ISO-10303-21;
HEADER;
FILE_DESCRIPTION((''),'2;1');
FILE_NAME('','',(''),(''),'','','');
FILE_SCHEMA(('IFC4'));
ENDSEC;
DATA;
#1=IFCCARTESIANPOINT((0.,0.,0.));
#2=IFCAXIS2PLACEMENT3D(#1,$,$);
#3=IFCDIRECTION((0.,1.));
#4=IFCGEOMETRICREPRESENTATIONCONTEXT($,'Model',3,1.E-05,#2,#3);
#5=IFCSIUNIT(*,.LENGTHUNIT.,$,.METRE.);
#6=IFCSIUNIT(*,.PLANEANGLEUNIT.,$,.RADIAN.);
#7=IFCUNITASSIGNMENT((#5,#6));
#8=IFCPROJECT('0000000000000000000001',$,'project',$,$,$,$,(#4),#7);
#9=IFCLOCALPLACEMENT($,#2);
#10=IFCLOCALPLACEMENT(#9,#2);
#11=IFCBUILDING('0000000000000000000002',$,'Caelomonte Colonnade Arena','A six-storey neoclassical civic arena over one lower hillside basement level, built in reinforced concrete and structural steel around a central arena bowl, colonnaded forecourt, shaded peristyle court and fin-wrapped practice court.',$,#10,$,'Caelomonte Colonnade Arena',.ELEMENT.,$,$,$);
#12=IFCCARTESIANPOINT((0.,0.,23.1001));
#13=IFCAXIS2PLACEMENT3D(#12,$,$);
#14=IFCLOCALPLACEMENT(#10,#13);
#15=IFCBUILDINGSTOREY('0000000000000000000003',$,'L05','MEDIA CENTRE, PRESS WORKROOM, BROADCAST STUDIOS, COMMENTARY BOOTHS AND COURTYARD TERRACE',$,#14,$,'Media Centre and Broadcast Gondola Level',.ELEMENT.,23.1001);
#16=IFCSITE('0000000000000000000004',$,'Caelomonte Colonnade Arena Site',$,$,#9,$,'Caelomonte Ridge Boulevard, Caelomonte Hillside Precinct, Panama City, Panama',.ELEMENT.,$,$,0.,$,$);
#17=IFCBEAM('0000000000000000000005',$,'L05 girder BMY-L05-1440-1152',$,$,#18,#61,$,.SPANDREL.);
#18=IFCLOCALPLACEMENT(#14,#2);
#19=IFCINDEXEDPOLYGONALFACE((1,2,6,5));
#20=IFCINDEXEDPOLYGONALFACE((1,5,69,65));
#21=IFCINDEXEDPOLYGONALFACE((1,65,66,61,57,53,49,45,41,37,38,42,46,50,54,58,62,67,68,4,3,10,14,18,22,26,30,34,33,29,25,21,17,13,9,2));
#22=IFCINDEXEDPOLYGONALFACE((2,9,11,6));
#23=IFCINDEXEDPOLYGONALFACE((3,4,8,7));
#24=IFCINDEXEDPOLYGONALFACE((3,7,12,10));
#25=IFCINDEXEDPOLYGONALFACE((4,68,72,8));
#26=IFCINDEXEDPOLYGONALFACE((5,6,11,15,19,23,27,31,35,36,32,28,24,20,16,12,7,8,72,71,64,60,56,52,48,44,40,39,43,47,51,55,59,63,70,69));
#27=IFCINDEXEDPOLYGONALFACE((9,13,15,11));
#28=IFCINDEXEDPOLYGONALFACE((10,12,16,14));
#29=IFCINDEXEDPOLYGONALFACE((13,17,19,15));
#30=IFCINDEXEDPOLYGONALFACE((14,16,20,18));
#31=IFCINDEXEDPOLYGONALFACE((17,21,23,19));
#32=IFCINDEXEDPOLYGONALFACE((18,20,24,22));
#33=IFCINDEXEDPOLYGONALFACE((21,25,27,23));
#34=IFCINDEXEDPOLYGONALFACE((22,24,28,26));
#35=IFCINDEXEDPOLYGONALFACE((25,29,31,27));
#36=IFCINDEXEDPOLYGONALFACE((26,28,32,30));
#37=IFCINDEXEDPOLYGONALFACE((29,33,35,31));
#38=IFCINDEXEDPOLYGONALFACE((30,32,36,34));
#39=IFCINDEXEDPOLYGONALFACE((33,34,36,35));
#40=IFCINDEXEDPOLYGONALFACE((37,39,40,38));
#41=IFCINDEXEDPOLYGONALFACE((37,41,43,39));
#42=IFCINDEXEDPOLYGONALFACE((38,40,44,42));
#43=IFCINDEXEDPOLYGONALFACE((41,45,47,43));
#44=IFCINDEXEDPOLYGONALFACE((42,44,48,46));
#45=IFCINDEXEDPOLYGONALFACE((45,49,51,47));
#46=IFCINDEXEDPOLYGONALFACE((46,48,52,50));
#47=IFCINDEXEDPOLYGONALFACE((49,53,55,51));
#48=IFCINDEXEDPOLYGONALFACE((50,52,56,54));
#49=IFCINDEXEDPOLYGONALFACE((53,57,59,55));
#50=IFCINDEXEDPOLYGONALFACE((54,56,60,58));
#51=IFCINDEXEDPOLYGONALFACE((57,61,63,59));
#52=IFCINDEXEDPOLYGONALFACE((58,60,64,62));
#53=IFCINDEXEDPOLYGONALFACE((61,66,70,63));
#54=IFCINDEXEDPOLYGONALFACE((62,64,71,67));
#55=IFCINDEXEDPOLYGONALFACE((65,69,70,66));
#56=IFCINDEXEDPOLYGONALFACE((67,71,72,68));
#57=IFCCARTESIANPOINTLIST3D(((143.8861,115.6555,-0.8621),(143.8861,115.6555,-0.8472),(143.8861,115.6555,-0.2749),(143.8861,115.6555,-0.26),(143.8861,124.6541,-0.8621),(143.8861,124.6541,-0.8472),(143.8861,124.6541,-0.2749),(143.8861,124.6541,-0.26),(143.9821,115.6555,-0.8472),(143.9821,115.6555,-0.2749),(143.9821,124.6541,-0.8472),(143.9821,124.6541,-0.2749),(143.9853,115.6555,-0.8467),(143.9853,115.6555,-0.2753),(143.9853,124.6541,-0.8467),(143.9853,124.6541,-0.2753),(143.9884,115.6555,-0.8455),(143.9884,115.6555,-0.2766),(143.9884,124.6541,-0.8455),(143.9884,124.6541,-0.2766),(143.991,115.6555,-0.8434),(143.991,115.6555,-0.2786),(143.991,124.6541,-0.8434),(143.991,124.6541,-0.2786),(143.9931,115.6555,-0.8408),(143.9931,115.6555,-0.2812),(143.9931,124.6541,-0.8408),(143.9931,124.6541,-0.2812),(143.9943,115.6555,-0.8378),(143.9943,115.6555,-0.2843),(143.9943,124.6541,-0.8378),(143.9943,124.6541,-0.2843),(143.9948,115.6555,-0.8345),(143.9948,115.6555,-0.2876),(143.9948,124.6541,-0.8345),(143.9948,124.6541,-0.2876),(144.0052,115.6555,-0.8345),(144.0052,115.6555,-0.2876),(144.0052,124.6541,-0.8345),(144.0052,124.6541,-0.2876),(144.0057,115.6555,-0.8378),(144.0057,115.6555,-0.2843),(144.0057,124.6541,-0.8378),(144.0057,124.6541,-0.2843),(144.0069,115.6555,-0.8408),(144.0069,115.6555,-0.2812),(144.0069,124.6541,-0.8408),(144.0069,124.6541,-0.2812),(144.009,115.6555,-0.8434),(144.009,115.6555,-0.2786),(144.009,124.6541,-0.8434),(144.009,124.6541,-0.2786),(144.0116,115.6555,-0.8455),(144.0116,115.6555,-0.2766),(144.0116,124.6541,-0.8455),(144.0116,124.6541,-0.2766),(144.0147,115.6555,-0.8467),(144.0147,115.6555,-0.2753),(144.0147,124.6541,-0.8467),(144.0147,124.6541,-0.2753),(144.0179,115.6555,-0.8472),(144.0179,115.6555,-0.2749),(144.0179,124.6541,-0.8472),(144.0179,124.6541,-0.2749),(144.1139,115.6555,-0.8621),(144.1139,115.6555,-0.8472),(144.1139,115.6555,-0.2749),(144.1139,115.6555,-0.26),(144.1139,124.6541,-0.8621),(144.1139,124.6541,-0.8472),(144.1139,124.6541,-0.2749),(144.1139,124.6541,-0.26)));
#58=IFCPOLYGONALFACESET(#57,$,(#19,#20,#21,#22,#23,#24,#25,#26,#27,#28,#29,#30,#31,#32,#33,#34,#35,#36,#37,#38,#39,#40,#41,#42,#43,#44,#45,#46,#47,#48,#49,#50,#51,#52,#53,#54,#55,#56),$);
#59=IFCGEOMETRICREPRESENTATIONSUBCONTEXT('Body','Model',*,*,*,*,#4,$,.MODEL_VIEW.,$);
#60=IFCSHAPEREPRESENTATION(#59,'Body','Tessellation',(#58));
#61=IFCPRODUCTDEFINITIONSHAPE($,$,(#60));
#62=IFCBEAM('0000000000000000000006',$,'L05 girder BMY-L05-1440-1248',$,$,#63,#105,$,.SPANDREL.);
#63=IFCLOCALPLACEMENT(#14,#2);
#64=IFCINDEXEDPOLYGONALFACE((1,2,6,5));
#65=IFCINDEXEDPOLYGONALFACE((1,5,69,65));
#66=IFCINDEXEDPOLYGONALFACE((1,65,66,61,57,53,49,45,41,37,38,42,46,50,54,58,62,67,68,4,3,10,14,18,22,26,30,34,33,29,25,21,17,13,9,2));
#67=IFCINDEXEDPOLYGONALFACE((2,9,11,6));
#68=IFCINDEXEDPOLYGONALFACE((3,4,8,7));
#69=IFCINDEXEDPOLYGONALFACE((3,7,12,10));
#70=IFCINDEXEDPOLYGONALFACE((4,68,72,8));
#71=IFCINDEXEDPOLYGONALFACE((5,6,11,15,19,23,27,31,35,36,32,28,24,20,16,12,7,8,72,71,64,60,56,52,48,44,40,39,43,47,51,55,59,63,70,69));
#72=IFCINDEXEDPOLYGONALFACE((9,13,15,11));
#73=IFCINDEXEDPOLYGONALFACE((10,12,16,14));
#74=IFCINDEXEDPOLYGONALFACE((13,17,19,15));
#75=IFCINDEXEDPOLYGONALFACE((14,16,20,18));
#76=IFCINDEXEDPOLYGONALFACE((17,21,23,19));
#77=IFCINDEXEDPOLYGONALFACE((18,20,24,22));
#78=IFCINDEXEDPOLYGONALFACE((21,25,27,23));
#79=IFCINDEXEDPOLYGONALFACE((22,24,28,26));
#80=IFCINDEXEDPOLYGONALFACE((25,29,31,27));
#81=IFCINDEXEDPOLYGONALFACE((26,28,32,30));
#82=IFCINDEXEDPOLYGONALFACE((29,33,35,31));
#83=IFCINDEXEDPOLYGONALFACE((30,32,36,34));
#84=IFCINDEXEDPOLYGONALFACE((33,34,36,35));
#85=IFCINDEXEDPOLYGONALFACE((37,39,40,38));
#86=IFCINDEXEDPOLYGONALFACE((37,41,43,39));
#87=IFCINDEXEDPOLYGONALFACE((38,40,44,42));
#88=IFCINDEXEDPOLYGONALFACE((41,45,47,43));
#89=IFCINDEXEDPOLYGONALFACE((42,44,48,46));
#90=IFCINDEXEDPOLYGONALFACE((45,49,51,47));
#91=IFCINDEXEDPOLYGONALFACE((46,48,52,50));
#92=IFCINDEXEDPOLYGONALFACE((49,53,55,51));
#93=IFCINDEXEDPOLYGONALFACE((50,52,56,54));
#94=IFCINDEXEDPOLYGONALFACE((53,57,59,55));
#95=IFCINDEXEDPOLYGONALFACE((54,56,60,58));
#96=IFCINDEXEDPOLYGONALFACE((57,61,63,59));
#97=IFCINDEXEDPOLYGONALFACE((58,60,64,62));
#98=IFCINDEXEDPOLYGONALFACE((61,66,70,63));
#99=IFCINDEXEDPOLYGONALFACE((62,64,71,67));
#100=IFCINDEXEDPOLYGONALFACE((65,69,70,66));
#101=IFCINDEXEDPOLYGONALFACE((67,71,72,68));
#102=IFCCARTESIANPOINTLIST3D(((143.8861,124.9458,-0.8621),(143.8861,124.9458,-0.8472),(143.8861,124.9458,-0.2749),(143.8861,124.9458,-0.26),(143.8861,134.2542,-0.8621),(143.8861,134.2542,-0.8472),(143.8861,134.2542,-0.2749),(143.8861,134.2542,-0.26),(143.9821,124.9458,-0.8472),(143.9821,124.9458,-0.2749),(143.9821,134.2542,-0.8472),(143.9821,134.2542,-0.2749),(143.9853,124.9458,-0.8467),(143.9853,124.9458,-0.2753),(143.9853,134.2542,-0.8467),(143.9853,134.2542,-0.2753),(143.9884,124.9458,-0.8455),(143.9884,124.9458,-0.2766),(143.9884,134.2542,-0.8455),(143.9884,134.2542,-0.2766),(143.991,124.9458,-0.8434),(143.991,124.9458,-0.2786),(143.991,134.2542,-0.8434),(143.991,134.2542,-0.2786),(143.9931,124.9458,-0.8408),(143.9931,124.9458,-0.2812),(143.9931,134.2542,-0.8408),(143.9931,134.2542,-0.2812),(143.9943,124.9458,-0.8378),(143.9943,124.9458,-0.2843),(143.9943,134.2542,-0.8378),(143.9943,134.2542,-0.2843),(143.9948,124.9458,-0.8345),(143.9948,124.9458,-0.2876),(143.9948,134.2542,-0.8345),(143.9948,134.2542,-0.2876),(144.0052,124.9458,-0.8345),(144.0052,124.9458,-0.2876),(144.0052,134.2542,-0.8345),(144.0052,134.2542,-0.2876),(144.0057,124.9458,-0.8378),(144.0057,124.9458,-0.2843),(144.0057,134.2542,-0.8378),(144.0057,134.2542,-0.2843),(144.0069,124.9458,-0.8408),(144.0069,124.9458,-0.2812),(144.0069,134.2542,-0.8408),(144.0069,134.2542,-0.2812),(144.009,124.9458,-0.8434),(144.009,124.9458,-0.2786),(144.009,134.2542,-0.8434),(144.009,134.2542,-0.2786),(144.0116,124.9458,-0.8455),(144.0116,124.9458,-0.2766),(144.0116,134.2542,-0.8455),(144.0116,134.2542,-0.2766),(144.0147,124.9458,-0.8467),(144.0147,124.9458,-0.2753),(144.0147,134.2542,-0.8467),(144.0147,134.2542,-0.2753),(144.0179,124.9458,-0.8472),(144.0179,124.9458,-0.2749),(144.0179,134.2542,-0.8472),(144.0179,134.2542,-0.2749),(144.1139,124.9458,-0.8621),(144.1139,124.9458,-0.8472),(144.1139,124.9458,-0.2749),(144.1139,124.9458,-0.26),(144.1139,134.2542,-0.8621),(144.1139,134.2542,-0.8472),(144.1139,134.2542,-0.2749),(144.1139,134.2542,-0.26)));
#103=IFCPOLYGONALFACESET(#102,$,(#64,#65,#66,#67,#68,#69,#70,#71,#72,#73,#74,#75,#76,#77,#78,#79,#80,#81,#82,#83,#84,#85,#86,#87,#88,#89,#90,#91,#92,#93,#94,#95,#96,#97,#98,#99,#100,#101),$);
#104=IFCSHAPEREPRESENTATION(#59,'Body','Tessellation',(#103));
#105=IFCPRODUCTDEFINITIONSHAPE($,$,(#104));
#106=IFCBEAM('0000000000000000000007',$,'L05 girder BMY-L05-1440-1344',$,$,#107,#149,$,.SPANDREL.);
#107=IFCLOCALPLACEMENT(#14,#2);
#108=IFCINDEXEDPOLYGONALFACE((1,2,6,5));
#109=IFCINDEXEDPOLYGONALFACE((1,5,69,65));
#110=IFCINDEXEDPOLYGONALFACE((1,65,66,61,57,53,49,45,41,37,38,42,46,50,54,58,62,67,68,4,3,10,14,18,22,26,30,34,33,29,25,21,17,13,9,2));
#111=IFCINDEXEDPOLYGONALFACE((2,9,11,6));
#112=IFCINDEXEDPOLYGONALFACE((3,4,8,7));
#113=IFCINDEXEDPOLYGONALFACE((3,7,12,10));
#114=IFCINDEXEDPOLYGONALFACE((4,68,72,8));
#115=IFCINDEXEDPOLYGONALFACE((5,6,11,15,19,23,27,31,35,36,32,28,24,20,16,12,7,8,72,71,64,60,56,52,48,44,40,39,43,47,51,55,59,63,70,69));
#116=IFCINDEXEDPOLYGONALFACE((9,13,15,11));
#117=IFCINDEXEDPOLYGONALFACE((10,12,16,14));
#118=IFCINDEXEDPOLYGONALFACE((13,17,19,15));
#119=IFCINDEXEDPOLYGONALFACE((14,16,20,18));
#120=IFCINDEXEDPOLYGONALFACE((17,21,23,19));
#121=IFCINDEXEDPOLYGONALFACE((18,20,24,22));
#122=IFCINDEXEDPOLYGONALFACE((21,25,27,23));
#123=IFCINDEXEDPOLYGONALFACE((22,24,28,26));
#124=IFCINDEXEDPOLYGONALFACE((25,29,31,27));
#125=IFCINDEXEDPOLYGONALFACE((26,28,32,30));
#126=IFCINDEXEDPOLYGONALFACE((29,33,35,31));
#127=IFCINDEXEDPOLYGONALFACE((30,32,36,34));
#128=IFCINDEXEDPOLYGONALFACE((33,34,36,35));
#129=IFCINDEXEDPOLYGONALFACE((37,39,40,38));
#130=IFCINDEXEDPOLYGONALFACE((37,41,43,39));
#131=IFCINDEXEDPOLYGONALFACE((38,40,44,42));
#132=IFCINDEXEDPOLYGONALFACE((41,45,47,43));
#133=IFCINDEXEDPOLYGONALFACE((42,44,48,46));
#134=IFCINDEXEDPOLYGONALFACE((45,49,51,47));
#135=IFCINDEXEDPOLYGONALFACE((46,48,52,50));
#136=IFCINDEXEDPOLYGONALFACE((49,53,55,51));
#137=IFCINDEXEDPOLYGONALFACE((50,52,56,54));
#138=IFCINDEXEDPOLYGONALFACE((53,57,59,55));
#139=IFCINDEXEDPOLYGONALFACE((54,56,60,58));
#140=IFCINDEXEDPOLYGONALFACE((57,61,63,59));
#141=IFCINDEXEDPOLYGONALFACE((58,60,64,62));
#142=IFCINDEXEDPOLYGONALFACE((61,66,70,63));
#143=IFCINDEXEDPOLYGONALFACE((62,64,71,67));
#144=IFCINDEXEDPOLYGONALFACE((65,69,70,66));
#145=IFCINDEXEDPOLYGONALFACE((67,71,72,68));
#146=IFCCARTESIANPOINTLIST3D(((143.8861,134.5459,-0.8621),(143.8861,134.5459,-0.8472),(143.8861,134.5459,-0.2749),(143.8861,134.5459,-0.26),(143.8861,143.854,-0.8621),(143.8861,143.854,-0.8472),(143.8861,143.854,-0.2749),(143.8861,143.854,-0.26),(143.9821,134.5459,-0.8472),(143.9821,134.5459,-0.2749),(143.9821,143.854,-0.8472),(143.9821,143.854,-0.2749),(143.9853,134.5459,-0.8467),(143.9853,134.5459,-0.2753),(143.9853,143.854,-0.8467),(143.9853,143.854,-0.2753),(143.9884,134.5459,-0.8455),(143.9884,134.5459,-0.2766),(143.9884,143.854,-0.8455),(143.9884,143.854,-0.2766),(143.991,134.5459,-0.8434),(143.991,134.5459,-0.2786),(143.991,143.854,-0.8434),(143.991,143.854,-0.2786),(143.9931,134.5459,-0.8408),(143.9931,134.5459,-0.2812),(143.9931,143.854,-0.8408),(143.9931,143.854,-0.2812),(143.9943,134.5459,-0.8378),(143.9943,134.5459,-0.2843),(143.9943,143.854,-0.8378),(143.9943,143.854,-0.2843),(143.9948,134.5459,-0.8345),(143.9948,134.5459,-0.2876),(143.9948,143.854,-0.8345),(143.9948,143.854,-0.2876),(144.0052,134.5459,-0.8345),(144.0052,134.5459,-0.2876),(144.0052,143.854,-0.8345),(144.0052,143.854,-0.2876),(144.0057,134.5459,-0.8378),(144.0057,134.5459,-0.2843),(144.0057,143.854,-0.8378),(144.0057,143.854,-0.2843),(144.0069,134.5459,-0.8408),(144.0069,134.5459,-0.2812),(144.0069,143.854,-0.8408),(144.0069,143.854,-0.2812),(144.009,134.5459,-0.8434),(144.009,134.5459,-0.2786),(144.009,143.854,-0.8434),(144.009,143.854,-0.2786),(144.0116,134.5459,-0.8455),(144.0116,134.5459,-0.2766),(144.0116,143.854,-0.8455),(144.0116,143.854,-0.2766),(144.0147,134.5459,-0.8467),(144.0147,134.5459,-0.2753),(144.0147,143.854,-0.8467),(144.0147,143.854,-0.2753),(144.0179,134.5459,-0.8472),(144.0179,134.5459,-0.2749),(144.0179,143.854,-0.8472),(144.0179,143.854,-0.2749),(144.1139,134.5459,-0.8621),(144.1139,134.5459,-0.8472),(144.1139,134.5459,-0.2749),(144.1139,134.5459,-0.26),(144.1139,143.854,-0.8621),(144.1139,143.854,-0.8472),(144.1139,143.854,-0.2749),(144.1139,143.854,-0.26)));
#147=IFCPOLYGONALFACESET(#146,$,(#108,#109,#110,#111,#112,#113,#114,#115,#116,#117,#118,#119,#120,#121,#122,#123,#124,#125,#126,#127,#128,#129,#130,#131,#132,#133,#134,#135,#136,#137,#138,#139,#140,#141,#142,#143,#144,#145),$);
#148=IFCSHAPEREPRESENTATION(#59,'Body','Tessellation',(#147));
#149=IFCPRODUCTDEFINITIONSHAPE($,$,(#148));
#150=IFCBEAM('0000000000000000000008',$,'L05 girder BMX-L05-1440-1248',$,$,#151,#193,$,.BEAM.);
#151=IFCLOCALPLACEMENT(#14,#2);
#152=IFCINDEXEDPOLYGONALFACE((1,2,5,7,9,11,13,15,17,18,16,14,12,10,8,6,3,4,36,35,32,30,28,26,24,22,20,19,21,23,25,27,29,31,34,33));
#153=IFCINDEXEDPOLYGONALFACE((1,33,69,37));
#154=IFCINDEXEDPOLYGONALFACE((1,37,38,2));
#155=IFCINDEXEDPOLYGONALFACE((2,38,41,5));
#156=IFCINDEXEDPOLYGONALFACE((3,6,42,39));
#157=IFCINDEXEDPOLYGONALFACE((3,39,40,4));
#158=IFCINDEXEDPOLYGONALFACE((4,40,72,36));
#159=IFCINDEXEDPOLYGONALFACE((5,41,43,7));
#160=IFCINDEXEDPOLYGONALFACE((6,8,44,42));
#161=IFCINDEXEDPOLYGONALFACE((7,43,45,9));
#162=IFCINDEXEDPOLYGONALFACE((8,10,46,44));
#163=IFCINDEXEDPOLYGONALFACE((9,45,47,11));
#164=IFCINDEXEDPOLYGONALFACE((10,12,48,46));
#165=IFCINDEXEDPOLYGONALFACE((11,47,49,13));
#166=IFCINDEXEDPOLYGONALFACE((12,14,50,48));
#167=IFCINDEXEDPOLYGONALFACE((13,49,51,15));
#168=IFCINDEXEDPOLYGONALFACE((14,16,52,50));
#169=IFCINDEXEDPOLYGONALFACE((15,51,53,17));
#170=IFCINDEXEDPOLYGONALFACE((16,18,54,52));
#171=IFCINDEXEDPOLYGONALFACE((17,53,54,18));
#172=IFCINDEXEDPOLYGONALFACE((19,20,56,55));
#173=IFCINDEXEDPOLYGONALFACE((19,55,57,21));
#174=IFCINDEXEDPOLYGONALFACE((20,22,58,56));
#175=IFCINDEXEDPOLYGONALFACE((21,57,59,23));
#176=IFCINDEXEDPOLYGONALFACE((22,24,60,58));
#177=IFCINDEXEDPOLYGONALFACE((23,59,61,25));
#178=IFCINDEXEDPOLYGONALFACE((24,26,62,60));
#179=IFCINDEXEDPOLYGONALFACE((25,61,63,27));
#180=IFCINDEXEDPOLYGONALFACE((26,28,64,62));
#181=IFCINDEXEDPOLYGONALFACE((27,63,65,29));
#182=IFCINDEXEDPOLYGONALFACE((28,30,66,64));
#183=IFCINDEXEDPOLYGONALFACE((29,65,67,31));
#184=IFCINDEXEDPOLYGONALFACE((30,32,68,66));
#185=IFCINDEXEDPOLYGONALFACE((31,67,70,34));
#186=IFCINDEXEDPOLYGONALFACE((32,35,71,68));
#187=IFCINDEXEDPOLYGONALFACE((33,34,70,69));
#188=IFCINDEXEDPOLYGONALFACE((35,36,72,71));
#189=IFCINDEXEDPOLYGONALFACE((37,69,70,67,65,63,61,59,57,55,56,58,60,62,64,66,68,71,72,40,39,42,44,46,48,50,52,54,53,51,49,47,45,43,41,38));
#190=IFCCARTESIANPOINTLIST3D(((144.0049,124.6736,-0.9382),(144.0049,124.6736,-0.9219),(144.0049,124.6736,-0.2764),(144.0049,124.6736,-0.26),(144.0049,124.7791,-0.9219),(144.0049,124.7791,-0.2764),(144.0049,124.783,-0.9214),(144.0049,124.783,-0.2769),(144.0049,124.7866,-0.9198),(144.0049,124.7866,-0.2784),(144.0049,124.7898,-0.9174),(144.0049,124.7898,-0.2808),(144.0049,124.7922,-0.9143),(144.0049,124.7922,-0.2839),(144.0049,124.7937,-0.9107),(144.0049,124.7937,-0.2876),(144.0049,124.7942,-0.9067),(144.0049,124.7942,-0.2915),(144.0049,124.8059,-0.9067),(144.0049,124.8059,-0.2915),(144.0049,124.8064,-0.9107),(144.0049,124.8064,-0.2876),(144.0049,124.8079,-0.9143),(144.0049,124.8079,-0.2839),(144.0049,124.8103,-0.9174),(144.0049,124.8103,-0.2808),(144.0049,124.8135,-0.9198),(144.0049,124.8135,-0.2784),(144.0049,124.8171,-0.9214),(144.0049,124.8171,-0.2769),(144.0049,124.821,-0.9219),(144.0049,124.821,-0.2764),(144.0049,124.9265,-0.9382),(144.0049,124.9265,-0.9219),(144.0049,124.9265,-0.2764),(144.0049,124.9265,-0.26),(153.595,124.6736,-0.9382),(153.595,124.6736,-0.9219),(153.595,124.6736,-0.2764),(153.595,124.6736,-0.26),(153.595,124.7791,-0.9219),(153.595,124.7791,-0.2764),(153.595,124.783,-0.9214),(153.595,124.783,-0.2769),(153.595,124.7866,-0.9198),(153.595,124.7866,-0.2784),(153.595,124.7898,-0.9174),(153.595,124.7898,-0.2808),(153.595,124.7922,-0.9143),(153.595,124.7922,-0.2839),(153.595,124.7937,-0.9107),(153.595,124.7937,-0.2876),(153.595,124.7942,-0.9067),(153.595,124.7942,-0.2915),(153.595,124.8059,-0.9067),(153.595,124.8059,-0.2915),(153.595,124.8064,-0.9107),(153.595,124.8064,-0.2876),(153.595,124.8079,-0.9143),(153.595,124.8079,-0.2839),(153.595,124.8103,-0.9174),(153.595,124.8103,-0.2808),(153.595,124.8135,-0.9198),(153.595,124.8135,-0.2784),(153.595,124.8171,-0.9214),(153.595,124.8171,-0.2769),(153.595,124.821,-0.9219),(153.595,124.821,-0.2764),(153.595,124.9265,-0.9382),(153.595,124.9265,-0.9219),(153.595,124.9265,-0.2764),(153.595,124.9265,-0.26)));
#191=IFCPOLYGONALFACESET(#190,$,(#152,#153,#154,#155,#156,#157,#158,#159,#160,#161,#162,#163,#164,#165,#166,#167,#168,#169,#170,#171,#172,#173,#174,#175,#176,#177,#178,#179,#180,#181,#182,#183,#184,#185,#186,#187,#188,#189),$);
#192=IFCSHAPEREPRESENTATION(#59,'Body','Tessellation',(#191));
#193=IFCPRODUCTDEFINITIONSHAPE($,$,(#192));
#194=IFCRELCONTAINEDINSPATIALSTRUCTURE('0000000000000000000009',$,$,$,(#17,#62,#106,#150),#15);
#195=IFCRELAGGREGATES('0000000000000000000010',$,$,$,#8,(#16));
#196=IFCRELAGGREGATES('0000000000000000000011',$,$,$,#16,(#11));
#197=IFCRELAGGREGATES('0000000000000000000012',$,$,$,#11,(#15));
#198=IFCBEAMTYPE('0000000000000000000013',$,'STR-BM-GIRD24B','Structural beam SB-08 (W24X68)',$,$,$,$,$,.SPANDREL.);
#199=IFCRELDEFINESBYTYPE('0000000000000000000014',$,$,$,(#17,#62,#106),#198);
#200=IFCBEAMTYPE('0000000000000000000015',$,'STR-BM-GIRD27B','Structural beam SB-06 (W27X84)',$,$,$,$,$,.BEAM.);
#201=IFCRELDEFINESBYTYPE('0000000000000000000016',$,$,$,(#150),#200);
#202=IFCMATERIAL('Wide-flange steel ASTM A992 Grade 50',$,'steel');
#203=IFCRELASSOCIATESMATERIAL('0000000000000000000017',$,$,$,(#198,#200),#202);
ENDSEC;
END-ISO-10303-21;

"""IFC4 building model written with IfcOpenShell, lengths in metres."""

from ifc_helpers import new_model, si_unit, direction, frame, origin, origin_2d, place, context, subcontext, project, spatial, i_section, extrude, material, material_profile, profile_set, type_object, element, save


model = new_model("IFC4")

# Units and contexts
model_context = context("Model", 3, precision=1e-05, world=origin(), true_north=direction((0.0, 1.0)))
body_context = subcontext(model_context, "Body", "Model", "MODEL_VIEW")
ifc_project = project(units=[si_unit("LENGTHUNIT", "METRE"), si_unit("PLANEANGLEUNIT", "RADIAN")], contexts=[model_context])

# Site, building, storey
site_placement = place(None, origin())
site = spatial("IfcSite", under=ifc_project, at=site_placement, Name="Caelomonte Colonnade Arena Site", LongName="Caelomonte Ridge Boulevard, Caelomonte Hillside Precinct, Panama City, Panama", CompositionType="ELEMENT", RefElevation=0.0)
building_placement = place(site_placement, origin())
building = spatial("IfcBuilding", under=site, at=building_placement, Name="Caelomonte Colonnade Arena", Description="A six-storey neoclassical civic arena over one lower hillside basement level, built in reinforced concrete and structural steel around a central arena bowl, colonnaded forecourt, shaded peristyle court and fin-wrapped practice court.", LongName="Caelomonte Colonnade Arena", CompositionType="ELEMENT")
storey_placement = place(building_placement, frame((0.0, 0.0, 23.1001)))
storey = spatial("IfcBuildingStorey", under=building, at=storey_placement, Name="L05", Description="MEDIA CENTRE, PRESS WORKROOM, BROADCAST STUDIOS, COMMENTARY BOOTHS AND COURTYARD TERRACE", LongName="Media Centre and Broadcast Gondola Level", CompositionType="ELEMENT", Elevation=23.1001)

# Shared definitions
ifc_material_1 = material(Name="Wide-flange steel ASTM A992 Grade 50", Category="steel")

# Beams
ifc_material_profile_1 = material_profile(ifc_material_1, i_section(OverallWidth=0.2278, OverallDepth=0.6021, WebThickness=0.0105, FlangeThickness=0.0149, FilletRadius=0.0127, at=origin_2d()), Name="W24X68")
ifc_profile_set_1 = profile_set([ifc_material_profile_1], Name="Wide-flange steel ASTM A992 Grade 50")
beam_type_1 = type_object("IfcBeamType", Name="STR-BM-GIRD24B", Description="Structural beam SB-08 (W24X68)", PredefinedType="SPANDREL", material=ifc_profile_set_1)
beam_1_placement = place(storey_placement, frame((144.0, 115.6555, -0.561), z_axis=(0.0, 1.0, 0.0), x_axis=(-1.0, 0.0, 0.0)))
element("IfcBeam", 1, at=beam_1_placement, inside=storey, type_object=beam_type_1, Name="L05 girder BMY-L05-1440-1152", PredefinedType="SPANDREL", context=body_context, shape_type="SweptSolid", body=[
    extrude(i_section(OverallWidth=0.2278, OverallDepth=0.6021, WebThickness=0.0105, FlangeThickness=0.0149, FilletRadius=0.0127, at=origin_2d()), origin(), (0.0, 0.0, 1.0), 8.9985),
])
beam_2_placement = place(storey_placement, frame((144.0, 124.9458, -0.561), z_axis=(0.0, 1.0, 0.0), x_axis=(-1.0, 0.0, 0.0)))
element("IfcBeam", 2, at=beam_2_placement, inside=storey, type_object=beam_type_1, Name="L05 girder BMY-L05-1440-1248", PredefinedType="SPANDREL", context=body_context, shape_type="SweptSolid", body=[
    extrude(i_section(OverallWidth=0.2278, OverallDepth=0.6021, WebThickness=0.0105, FlangeThickness=0.0149, FilletRadius=0.0127, at=origin_2d()), origin(), (0.0, 0.0, 1.0), 9.3083),
])
beam_3_placement = place(storey_placement, frame((144.0, 134.5459, -0.561), z_axis=(0.0, 1.0, 0.0), x_axis=(-1.0, 0.0, 0.0)))
element("IfcBeam", 3, at=beam_3_placement, inside=storey, type_object=beam_type_1, Name="L05 girder BMY-L05-1440-1344", PredefinedType="SPANDREL", context=body_context, shape_type="SweptSolid", body=[
    extrude(i_section(OverallWidth=0.2278, OverallDepth=0.6021, WebThickness=0.0105, FlangeThickness=0.0149, FilletRadius=0.0127, at=origin_2d()), origin(), (0.0, 0.0, 1.0), 9.3081),
])
ifc_material_profile_2 = material_profile(ifc_material_1, i_section(OverallWidth=0.2529, OverallDepth=0.6782, WebThickness=0.0117, FlangeThickness=0.0164, FilletRadius=0.0151, at=origin_2d()), Name="W27X84")
ifc_profile_set_2 = profile_set([ifc_material_profile_2], Name="Wide-flange steel ASTM A992 Grade 50")
beam_type_2 = type_object("IfcBeamType", Name="STR-BM-GIRD27B", Description="Structural beam SB-06 (W27X84)", PredefinedType="BEAM", material=ifc_profile_set_2)
for number, where, z_axis, x_axis, name in (
    (4, (144.0049, 124.8, -0.5991), (1.0, 0.0, 0.0), (0.0, 1.0, 0.0), "L05 girder BMX-L05-1440-1248"),
):
    element("IfcBeam", number, at=place(storey_placement, frame(where, z_axis=z_axis, x_axis=x_axis)), inside=storey, type_object=beam_type_2, Name=name, PredefinedType="BEAM", context=body_context, shape_type="SweptSolid", body=[
        extrude(i_section(OverallWidth=0.2529, OverallDepth=0.6782, WebThickness=0.0117, FlangeThickness=0.0164, FilletRadius=0.0151, at=origin_2d()), origin(), (0.0, 0.0, 1.0), 9.5901),
    ])

save(model, "model.ifc")
